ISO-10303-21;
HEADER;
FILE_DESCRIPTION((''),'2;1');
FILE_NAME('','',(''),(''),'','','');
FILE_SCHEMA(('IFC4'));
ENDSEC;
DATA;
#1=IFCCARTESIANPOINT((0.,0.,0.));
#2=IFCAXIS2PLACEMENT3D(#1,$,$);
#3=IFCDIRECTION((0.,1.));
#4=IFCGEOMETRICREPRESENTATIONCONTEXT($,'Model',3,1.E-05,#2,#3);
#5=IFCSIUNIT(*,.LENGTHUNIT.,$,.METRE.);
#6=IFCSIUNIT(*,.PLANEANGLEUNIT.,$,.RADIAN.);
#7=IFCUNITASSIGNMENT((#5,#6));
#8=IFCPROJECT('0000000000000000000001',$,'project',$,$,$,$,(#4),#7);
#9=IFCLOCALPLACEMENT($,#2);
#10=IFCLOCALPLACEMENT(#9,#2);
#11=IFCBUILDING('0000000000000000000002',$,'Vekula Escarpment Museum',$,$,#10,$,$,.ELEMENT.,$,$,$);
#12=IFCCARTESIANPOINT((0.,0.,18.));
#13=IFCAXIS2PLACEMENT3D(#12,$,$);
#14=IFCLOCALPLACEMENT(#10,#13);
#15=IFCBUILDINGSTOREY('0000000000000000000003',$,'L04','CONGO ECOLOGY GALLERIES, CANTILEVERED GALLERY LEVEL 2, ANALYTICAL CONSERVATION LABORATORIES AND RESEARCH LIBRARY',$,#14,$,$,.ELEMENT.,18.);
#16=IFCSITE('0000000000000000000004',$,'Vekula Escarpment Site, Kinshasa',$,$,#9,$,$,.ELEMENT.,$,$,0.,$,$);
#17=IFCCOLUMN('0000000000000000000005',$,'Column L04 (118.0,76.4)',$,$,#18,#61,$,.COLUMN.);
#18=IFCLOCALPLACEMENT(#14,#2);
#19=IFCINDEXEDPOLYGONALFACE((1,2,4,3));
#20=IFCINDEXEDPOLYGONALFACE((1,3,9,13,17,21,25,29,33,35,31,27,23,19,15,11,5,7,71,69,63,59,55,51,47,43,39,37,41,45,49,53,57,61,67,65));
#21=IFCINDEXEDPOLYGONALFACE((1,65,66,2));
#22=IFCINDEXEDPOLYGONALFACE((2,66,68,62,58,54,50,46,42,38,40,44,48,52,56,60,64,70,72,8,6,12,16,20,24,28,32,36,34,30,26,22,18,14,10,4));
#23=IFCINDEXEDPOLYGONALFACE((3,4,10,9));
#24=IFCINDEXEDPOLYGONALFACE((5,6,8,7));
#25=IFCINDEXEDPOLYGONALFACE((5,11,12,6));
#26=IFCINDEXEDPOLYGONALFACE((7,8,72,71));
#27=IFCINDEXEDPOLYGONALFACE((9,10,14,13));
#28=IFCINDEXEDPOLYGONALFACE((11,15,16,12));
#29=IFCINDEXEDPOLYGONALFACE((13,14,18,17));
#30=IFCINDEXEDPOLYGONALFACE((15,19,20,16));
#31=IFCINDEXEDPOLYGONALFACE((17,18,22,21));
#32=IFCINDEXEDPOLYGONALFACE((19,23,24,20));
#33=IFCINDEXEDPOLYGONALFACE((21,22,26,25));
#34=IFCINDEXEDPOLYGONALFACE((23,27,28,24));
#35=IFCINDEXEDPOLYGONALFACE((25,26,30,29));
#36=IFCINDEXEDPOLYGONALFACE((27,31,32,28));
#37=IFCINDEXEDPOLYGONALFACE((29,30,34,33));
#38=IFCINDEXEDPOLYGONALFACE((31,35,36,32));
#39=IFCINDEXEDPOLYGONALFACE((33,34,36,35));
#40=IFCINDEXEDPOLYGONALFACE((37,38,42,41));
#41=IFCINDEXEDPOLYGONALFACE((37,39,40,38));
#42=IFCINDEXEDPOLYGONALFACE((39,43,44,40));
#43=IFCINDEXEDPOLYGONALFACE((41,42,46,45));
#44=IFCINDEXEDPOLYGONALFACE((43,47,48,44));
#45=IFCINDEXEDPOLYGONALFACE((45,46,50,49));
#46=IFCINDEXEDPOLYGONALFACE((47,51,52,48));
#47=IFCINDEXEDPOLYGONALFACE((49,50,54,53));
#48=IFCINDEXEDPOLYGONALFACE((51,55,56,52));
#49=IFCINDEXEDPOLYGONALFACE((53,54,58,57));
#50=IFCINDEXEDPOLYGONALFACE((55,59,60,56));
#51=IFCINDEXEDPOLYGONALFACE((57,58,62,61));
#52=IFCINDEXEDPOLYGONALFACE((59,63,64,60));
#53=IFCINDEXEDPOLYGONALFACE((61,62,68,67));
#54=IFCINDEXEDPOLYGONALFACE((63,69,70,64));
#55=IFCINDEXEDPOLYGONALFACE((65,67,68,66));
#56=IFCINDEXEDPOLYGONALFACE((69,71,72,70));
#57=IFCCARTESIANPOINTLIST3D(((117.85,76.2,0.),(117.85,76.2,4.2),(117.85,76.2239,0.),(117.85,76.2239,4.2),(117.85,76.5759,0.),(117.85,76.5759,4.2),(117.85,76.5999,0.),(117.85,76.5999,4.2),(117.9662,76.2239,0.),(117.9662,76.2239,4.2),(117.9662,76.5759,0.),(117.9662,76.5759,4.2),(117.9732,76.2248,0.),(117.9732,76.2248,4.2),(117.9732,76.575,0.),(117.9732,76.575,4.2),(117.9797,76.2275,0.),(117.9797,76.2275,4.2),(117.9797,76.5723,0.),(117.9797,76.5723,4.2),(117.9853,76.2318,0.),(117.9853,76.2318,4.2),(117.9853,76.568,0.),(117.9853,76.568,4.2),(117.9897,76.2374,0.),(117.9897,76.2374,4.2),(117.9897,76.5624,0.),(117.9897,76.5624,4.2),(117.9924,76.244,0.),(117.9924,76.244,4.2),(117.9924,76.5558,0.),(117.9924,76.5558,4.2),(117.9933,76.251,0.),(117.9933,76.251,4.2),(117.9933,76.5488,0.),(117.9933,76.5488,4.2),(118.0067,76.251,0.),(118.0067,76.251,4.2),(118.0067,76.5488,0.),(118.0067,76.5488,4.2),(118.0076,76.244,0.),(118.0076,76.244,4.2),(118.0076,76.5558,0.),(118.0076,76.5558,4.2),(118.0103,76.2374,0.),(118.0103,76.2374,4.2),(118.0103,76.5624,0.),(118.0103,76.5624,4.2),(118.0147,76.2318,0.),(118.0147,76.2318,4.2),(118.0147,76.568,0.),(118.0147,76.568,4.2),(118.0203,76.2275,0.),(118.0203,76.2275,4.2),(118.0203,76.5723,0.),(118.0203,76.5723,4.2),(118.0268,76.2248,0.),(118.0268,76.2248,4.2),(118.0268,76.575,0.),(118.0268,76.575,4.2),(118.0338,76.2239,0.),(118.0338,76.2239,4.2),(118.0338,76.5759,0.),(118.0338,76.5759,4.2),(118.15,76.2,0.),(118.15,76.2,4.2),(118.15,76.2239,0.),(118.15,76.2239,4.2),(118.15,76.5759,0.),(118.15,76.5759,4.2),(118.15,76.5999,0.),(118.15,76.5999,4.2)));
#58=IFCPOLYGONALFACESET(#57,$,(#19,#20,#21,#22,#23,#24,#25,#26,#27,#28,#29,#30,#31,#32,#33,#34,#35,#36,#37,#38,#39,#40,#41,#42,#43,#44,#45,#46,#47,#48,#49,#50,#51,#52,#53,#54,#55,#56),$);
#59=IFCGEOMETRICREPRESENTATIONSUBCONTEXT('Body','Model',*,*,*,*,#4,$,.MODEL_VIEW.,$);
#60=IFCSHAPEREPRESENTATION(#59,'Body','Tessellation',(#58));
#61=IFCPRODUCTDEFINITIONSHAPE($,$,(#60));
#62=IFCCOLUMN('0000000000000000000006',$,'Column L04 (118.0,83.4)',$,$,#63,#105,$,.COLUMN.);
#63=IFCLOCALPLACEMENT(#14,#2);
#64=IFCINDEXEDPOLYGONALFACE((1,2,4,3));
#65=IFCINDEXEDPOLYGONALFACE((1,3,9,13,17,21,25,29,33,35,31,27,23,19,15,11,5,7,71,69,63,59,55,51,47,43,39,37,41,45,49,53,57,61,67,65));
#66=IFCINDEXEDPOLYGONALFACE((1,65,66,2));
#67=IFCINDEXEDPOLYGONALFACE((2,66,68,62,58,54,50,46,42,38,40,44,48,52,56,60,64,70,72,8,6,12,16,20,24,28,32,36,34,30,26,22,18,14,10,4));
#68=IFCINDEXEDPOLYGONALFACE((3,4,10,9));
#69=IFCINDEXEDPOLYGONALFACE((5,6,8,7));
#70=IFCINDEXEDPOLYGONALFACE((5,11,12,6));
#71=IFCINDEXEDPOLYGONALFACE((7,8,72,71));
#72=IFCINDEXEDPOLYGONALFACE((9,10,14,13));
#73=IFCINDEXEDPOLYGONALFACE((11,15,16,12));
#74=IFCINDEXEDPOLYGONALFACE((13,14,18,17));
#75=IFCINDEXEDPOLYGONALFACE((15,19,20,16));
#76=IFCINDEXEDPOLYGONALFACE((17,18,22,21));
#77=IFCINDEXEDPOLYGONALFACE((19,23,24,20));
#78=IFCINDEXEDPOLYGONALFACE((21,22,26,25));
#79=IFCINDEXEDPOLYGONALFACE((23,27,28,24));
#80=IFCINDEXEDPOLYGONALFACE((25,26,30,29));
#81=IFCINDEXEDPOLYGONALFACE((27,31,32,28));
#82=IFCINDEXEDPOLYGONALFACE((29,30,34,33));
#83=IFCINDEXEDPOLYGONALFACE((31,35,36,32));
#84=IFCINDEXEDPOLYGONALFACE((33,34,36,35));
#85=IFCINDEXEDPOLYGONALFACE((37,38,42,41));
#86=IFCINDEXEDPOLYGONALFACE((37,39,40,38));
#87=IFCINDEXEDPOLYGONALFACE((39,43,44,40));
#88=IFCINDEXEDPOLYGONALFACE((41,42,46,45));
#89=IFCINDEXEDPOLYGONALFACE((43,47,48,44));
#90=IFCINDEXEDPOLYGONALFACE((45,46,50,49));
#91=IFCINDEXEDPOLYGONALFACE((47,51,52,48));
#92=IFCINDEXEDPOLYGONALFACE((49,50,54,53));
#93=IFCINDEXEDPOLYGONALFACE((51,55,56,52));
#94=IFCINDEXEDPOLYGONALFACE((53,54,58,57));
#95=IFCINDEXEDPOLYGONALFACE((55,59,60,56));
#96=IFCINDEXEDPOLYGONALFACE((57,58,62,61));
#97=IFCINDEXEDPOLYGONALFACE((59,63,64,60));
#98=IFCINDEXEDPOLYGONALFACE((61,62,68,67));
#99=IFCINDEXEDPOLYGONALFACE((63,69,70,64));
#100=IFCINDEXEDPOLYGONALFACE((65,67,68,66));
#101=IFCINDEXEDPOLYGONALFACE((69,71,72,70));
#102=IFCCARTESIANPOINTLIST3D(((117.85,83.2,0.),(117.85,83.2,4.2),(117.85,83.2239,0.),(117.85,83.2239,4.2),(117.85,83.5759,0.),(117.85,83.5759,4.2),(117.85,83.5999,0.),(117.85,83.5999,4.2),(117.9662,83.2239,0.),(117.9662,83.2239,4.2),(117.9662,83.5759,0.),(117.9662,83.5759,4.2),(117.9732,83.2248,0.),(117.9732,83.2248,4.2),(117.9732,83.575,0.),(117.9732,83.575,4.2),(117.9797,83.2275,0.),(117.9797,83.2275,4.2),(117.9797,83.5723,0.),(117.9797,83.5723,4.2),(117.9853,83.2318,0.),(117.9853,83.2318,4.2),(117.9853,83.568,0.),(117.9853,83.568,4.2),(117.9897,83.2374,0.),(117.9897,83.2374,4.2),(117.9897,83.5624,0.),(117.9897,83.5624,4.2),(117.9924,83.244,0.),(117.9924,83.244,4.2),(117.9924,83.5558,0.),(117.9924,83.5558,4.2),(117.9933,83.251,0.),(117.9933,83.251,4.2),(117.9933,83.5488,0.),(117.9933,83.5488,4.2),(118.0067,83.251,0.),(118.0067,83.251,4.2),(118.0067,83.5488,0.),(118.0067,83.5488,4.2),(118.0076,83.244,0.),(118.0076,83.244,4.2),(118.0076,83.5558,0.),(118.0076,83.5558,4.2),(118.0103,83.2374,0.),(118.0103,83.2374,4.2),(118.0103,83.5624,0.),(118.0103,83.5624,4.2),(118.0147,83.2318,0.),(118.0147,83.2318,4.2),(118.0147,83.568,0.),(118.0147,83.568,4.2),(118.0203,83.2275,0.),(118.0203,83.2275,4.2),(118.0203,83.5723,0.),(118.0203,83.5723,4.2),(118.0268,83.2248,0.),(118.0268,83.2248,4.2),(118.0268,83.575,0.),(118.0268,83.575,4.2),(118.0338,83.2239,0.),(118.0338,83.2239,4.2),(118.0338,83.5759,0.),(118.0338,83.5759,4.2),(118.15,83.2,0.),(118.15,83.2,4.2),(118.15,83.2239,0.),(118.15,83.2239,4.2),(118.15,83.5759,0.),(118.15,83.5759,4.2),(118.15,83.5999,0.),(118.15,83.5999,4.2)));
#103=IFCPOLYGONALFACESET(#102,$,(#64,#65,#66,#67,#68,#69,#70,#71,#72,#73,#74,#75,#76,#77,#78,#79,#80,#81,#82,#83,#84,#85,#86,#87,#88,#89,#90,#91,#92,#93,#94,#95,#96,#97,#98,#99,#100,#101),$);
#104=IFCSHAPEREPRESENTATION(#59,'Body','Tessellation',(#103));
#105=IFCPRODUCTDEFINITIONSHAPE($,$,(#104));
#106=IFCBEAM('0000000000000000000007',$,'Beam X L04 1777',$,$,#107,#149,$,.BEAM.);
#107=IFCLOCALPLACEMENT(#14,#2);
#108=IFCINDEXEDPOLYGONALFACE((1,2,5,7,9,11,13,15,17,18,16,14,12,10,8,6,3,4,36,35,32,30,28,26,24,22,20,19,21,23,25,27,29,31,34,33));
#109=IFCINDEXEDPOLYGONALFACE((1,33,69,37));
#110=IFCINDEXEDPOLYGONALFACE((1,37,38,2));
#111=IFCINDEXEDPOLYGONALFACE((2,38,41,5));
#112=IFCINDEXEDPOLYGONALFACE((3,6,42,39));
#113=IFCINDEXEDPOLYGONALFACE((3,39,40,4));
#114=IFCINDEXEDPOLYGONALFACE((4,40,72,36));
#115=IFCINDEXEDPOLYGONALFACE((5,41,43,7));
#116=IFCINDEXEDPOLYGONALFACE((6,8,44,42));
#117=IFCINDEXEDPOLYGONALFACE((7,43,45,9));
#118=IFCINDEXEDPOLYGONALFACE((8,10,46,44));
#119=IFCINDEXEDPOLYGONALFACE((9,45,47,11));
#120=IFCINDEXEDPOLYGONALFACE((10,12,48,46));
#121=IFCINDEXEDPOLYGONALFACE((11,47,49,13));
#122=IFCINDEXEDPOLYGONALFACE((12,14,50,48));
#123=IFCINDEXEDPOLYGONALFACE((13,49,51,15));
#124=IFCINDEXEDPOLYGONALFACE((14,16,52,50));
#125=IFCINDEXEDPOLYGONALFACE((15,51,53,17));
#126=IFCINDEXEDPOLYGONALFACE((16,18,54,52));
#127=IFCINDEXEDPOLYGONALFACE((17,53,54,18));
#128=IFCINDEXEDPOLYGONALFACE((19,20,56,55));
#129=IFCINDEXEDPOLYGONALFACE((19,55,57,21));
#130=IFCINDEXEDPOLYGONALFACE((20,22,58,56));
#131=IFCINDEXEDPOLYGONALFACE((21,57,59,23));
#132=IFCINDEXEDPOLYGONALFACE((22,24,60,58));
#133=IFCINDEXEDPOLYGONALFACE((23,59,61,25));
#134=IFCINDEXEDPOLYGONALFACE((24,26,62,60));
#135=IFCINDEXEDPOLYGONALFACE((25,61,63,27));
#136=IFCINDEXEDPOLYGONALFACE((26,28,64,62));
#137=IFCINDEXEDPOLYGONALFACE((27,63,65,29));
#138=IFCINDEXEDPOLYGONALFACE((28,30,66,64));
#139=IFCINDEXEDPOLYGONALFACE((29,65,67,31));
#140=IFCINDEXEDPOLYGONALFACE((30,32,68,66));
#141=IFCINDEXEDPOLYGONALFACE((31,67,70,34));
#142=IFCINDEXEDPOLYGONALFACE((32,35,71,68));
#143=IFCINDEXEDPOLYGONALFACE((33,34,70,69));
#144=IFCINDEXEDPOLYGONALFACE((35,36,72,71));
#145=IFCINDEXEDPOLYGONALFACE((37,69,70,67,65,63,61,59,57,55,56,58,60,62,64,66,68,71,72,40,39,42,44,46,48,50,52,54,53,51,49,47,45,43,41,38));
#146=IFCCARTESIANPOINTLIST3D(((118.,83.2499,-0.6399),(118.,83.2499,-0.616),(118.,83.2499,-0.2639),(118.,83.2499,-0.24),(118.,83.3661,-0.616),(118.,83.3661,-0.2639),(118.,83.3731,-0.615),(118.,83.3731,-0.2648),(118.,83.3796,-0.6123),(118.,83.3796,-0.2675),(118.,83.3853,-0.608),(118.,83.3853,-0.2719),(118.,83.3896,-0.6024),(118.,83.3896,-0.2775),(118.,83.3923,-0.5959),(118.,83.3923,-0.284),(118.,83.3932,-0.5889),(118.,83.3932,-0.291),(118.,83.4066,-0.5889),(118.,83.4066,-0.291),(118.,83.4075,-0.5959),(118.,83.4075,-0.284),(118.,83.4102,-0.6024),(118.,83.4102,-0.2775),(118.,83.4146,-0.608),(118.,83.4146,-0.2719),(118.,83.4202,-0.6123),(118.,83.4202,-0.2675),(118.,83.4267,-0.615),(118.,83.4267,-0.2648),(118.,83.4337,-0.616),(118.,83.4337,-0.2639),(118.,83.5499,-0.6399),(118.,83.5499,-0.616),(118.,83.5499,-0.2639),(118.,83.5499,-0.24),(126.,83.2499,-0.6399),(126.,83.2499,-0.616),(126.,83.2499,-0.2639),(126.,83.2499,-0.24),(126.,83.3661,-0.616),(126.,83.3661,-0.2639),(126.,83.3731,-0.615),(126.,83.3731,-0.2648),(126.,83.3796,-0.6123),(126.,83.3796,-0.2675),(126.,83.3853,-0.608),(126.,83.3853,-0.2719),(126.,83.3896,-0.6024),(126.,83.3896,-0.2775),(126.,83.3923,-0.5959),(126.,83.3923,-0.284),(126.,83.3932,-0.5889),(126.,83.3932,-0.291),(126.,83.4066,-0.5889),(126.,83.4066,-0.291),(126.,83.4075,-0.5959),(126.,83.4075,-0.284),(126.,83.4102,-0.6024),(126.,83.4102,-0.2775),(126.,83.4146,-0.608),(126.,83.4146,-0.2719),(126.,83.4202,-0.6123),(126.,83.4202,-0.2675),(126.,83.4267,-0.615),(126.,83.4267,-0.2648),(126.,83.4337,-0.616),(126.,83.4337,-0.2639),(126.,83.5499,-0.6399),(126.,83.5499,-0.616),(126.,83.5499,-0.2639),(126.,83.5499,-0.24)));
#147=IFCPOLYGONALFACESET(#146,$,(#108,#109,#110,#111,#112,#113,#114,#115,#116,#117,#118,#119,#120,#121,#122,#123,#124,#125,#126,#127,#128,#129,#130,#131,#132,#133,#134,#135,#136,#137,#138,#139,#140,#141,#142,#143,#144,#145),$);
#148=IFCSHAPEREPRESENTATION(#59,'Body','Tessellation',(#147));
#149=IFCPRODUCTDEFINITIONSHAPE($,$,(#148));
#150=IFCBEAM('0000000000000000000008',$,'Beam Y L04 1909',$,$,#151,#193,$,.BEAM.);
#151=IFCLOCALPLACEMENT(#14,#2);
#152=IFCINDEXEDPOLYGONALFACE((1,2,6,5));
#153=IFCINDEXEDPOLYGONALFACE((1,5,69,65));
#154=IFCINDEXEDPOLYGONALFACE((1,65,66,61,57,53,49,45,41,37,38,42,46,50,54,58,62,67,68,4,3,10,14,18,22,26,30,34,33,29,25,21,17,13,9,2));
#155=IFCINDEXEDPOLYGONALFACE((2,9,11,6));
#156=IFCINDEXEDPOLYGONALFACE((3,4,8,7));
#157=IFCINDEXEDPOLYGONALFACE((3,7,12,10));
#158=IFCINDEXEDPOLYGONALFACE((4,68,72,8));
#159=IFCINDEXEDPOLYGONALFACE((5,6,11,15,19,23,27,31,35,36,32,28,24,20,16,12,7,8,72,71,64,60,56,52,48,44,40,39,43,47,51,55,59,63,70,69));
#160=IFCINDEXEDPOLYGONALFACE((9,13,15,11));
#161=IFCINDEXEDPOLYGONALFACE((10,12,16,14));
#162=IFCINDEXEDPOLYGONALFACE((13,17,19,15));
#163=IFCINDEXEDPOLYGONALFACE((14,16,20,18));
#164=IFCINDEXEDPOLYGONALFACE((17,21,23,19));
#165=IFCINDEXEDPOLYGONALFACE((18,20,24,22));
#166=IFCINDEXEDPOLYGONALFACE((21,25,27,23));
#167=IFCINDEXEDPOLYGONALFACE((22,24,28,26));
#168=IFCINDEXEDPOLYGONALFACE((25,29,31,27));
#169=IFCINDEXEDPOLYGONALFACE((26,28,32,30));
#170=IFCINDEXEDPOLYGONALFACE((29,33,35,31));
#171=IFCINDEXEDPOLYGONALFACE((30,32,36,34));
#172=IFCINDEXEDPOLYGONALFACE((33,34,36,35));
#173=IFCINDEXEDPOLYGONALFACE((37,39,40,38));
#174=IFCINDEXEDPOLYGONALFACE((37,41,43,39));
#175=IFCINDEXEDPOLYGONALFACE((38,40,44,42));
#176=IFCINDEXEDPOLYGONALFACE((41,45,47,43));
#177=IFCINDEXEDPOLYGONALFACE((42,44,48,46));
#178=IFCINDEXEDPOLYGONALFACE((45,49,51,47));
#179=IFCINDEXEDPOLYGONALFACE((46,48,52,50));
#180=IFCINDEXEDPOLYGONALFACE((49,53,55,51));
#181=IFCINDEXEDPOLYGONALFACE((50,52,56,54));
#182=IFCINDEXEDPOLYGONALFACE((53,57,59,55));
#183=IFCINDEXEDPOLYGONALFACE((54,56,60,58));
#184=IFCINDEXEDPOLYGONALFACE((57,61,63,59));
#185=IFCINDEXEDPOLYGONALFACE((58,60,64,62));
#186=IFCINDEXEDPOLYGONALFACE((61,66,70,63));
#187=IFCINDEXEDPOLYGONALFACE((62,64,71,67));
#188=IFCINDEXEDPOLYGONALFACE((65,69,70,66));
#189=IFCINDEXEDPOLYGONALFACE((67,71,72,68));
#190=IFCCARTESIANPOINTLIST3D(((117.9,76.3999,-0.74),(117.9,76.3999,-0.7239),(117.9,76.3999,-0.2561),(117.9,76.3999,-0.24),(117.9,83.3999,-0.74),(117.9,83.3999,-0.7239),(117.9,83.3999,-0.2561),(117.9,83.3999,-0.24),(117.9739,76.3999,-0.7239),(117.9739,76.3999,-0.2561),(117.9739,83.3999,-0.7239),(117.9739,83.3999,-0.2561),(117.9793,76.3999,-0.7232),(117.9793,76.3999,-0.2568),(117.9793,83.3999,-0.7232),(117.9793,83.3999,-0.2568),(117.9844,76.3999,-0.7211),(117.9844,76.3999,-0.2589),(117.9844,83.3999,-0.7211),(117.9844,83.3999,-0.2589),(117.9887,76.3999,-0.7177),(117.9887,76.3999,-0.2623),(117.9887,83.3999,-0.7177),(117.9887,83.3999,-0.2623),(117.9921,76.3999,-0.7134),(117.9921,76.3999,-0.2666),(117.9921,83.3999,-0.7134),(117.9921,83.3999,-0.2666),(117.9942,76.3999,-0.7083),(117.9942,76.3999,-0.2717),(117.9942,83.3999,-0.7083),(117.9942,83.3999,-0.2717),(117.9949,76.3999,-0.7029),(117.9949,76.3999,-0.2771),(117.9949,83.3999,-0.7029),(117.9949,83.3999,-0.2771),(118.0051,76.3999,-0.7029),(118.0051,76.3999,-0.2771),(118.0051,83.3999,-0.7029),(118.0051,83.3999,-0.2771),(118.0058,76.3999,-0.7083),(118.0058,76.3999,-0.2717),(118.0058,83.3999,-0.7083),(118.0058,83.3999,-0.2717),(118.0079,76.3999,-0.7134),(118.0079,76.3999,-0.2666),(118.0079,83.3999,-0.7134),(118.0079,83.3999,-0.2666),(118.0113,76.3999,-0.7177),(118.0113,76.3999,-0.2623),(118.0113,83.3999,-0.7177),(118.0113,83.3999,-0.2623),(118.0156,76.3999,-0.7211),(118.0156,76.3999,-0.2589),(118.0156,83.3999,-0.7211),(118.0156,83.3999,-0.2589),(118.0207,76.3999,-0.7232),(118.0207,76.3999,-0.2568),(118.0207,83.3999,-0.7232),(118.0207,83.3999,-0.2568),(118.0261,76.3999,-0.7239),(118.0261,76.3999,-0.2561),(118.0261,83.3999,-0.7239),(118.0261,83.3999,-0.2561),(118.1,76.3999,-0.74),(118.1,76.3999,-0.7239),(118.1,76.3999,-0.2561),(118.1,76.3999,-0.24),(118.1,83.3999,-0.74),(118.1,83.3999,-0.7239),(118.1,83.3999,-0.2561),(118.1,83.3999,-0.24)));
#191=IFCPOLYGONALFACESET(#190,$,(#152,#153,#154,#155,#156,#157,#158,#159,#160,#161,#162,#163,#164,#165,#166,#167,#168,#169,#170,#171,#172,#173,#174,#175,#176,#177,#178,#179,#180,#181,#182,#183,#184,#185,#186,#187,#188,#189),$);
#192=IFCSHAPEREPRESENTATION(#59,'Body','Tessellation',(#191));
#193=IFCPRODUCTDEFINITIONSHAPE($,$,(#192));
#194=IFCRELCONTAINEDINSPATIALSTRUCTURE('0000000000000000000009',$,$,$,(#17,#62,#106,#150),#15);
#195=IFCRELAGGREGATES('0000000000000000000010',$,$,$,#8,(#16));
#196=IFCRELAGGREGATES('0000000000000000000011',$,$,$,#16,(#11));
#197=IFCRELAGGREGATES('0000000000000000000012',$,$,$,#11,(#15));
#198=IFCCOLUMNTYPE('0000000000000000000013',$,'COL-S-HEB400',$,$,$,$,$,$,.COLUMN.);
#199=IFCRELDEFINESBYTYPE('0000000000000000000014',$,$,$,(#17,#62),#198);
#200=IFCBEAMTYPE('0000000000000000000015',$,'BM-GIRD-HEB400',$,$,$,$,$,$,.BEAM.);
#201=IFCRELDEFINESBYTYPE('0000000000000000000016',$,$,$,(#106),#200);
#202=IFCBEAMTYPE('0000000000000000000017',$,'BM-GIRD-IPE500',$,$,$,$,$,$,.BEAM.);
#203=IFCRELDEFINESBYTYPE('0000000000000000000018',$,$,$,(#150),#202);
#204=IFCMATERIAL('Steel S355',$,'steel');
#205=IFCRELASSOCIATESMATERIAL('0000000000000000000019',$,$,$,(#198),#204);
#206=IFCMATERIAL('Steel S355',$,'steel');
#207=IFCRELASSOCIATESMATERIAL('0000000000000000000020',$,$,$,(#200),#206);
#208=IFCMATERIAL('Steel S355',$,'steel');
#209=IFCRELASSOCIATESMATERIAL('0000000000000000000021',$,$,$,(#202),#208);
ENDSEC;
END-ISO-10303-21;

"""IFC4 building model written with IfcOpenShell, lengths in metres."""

from ifc_helpers import new_model, si_unit, direction, frame, origin, origin_2d, place, context, subcontext, project, spatial, i_section, extrude, material, material_profile, profile_set, type_object, element, save


model = new_model("IFC4")

# Units and contexts
model_context = context("Model", 3, precision=1e-05, world=origin(), true_north=direction((0.0, 1.0)))
body_context = subcontext(model_context, "Body", "Model", "MODEL_VIEW")
ifc_project = project(units=[si_unit("LENGTHUNIT", "METRE"), si_unit("PLANEANGLEUNIT", "RADIAN")], contexts=[model_context])

# Site, building, storey
site_placement = place(None, origin())
site = spatial("IfcSite", under=ifc_project, at=site_placement, Name="Vekula Escarpment Site, Kinshasa", CompositionType="ELEMENT", RefElevation=0.0)
building_placement = place(site_placement, origin())
building = spatial("IfcBuilding", under=site, at=building_placement, Name="Vekula Escarpment Museum", CompositionType="ELEMENT")
storey_placement = place(building_placement, frame((0.0, 0.0, 18.0)))
storey = spatial("IfcBuildingStorey", under=building, at=storey_placement, Name="L04", Description="CONGO ECOLOGY GALLERIES, CANTILEVERED GALLERY LEVEL 2, ANALYTICAL CONSERVATION LABORATORIES AND RESEARCH LIBRARY", CompositionType="ELEMENT", Elevation=18.0)

# Columns
ifc_material_1 = material(Name="Steel S355", Category="steel")
ifc_material_profile_1 = material_profile(ifc_material_1, i_section(OverallWidth=0.3, OverallDepth=0.3999, WebThickness=0.0134, FlangeThickness=0.0239, FilletRadius=0.0271, at=origin_2d()), Name="HEB 400")
ifc_profile_set_1 = profile_set([ifc_material_profile_1], Name="Steel S355")
column_type = type_object("IfcColumnType", Name="COL-S-HEB400", PredefinedType="COLUMN", material=ifc_profile_set_1)
for number, where, z_axis, x_axis, name in (
    (1, (118.0, 76.3999, 0.0), (0.0, 0.0, 1.0), (1.0, 0.0, 0.0), "Column L04 (118.0,76.4)"),
    (2, (118.0, 83.3999, 0.0), (0.0, 0.0, 1.0), (1.0, 0.0, 0.0), "Column L04 (118.0,83.4)"),
):
    element("IfcColumn", number, at=place(storey_placement, frame(where, z_axis=z_axis, x_axis=x_axis)), inside=storey, type_object=column_type, Name=name, PredefinedType="COLUMN", context=body_context, shape_type="SweptSolid", body=[
        extrude(i_section(OverallWidth=0.3, OverallDepth=0.3999, WebThickness=0.0134, FlangeThickness=0.0239, FilletRadius=0.0271, at=origin_2d()), origin(), (0.0, 0.0, 1.0), 4.2),
    ])

# Beams
ifc_material_2 = material(Name="Steel S355", Category="steel")
ifc_material_profile_2 = material_profile(ifc_material_2, i_section(OverallWidth=0.3, OverallDepth=0.3999, WebThickness=0.0134, FlangeThickness=0.0239, FilletRadius=0.0271, at=origin_2d()), Name="HEB 400")
ifc_profile_set_2 = profile_set([ifc_material_profile_2], Name="Steel S355")
beam_type_1 = type_object("IfcBeamType", Name="BM-GIRD-HEB400", PredefinedType="BEAM", material=ifc_profile_set_2)
beam_1_placement = place(storey_placement, frame((118.0, 83.3999, -0.4399), z_axis=(1.0, 0.0, 0.0), x_axis=(0.0, 1.0, 0.0)))
element("IfcBeam", 3, at=beam_1_placement, inside=storey, type_object=beam_type_1, Name="Beam X L04 1777", PredefinedType="BEAM", context=body_context, shape_type="SweptSolid", body=[
    extrude(i_section(OverallWidth=0.3, OverallDepth=0.3999, WebThickness=0.0134, FlangeThickness=0.0239, FilletRadius=0.0271, at=origin_2d()), origin(), (0.0, 0.0, 1.0), 8.0),
])
ifc_material_3 = material(Name="Steel S355", Category="steel")
ifc_material_profile_3 = material_profile(ifc_material_3, i_section(OverallWidth=0.2, OverallDepth=0.5, WebThickness=0.0103, FlangeThickness=0.0161, FilletRadius=0.021, at=origin_2d()), Name="IPE 500")
ifc_profile_set_3 = profile_set([ifc_material_profile_3], Name="Steel S355")
beam_type_2 = type_object("IfcBeamType", Name="BM-GIRD-IPE500", PredefinedType="BEAM", material=ifc_profile_set_3)
for number, where, z_axis, x_axis, name in (
    (4, (118.0, 76.3999, -0.49), (0.0, 1.0, 0.0), (-1.0, 0.0, 0.0), "Beam Y L04 1909"),
):
    element("IfcBeam", number, at=place(storey_placement, frame(where, z_axis=z_axis, x_axis=x_axis)), inside=storey, type_object=beam_type_2, Name=name, PredefinedType="BEAM", context=body_context, shape_type="SweptSolid", body=[
        extrude(i_section(OverallWidth=0.2, OverallDepth=0.5, WebThickness=0.0103, FlangeThickness=0.0161, FilletRadius=0.021, at=origin_2d()), origin(), (0.0, 0.0, 1.0), 7.0),
    ])

save(model, "model.ifc")
